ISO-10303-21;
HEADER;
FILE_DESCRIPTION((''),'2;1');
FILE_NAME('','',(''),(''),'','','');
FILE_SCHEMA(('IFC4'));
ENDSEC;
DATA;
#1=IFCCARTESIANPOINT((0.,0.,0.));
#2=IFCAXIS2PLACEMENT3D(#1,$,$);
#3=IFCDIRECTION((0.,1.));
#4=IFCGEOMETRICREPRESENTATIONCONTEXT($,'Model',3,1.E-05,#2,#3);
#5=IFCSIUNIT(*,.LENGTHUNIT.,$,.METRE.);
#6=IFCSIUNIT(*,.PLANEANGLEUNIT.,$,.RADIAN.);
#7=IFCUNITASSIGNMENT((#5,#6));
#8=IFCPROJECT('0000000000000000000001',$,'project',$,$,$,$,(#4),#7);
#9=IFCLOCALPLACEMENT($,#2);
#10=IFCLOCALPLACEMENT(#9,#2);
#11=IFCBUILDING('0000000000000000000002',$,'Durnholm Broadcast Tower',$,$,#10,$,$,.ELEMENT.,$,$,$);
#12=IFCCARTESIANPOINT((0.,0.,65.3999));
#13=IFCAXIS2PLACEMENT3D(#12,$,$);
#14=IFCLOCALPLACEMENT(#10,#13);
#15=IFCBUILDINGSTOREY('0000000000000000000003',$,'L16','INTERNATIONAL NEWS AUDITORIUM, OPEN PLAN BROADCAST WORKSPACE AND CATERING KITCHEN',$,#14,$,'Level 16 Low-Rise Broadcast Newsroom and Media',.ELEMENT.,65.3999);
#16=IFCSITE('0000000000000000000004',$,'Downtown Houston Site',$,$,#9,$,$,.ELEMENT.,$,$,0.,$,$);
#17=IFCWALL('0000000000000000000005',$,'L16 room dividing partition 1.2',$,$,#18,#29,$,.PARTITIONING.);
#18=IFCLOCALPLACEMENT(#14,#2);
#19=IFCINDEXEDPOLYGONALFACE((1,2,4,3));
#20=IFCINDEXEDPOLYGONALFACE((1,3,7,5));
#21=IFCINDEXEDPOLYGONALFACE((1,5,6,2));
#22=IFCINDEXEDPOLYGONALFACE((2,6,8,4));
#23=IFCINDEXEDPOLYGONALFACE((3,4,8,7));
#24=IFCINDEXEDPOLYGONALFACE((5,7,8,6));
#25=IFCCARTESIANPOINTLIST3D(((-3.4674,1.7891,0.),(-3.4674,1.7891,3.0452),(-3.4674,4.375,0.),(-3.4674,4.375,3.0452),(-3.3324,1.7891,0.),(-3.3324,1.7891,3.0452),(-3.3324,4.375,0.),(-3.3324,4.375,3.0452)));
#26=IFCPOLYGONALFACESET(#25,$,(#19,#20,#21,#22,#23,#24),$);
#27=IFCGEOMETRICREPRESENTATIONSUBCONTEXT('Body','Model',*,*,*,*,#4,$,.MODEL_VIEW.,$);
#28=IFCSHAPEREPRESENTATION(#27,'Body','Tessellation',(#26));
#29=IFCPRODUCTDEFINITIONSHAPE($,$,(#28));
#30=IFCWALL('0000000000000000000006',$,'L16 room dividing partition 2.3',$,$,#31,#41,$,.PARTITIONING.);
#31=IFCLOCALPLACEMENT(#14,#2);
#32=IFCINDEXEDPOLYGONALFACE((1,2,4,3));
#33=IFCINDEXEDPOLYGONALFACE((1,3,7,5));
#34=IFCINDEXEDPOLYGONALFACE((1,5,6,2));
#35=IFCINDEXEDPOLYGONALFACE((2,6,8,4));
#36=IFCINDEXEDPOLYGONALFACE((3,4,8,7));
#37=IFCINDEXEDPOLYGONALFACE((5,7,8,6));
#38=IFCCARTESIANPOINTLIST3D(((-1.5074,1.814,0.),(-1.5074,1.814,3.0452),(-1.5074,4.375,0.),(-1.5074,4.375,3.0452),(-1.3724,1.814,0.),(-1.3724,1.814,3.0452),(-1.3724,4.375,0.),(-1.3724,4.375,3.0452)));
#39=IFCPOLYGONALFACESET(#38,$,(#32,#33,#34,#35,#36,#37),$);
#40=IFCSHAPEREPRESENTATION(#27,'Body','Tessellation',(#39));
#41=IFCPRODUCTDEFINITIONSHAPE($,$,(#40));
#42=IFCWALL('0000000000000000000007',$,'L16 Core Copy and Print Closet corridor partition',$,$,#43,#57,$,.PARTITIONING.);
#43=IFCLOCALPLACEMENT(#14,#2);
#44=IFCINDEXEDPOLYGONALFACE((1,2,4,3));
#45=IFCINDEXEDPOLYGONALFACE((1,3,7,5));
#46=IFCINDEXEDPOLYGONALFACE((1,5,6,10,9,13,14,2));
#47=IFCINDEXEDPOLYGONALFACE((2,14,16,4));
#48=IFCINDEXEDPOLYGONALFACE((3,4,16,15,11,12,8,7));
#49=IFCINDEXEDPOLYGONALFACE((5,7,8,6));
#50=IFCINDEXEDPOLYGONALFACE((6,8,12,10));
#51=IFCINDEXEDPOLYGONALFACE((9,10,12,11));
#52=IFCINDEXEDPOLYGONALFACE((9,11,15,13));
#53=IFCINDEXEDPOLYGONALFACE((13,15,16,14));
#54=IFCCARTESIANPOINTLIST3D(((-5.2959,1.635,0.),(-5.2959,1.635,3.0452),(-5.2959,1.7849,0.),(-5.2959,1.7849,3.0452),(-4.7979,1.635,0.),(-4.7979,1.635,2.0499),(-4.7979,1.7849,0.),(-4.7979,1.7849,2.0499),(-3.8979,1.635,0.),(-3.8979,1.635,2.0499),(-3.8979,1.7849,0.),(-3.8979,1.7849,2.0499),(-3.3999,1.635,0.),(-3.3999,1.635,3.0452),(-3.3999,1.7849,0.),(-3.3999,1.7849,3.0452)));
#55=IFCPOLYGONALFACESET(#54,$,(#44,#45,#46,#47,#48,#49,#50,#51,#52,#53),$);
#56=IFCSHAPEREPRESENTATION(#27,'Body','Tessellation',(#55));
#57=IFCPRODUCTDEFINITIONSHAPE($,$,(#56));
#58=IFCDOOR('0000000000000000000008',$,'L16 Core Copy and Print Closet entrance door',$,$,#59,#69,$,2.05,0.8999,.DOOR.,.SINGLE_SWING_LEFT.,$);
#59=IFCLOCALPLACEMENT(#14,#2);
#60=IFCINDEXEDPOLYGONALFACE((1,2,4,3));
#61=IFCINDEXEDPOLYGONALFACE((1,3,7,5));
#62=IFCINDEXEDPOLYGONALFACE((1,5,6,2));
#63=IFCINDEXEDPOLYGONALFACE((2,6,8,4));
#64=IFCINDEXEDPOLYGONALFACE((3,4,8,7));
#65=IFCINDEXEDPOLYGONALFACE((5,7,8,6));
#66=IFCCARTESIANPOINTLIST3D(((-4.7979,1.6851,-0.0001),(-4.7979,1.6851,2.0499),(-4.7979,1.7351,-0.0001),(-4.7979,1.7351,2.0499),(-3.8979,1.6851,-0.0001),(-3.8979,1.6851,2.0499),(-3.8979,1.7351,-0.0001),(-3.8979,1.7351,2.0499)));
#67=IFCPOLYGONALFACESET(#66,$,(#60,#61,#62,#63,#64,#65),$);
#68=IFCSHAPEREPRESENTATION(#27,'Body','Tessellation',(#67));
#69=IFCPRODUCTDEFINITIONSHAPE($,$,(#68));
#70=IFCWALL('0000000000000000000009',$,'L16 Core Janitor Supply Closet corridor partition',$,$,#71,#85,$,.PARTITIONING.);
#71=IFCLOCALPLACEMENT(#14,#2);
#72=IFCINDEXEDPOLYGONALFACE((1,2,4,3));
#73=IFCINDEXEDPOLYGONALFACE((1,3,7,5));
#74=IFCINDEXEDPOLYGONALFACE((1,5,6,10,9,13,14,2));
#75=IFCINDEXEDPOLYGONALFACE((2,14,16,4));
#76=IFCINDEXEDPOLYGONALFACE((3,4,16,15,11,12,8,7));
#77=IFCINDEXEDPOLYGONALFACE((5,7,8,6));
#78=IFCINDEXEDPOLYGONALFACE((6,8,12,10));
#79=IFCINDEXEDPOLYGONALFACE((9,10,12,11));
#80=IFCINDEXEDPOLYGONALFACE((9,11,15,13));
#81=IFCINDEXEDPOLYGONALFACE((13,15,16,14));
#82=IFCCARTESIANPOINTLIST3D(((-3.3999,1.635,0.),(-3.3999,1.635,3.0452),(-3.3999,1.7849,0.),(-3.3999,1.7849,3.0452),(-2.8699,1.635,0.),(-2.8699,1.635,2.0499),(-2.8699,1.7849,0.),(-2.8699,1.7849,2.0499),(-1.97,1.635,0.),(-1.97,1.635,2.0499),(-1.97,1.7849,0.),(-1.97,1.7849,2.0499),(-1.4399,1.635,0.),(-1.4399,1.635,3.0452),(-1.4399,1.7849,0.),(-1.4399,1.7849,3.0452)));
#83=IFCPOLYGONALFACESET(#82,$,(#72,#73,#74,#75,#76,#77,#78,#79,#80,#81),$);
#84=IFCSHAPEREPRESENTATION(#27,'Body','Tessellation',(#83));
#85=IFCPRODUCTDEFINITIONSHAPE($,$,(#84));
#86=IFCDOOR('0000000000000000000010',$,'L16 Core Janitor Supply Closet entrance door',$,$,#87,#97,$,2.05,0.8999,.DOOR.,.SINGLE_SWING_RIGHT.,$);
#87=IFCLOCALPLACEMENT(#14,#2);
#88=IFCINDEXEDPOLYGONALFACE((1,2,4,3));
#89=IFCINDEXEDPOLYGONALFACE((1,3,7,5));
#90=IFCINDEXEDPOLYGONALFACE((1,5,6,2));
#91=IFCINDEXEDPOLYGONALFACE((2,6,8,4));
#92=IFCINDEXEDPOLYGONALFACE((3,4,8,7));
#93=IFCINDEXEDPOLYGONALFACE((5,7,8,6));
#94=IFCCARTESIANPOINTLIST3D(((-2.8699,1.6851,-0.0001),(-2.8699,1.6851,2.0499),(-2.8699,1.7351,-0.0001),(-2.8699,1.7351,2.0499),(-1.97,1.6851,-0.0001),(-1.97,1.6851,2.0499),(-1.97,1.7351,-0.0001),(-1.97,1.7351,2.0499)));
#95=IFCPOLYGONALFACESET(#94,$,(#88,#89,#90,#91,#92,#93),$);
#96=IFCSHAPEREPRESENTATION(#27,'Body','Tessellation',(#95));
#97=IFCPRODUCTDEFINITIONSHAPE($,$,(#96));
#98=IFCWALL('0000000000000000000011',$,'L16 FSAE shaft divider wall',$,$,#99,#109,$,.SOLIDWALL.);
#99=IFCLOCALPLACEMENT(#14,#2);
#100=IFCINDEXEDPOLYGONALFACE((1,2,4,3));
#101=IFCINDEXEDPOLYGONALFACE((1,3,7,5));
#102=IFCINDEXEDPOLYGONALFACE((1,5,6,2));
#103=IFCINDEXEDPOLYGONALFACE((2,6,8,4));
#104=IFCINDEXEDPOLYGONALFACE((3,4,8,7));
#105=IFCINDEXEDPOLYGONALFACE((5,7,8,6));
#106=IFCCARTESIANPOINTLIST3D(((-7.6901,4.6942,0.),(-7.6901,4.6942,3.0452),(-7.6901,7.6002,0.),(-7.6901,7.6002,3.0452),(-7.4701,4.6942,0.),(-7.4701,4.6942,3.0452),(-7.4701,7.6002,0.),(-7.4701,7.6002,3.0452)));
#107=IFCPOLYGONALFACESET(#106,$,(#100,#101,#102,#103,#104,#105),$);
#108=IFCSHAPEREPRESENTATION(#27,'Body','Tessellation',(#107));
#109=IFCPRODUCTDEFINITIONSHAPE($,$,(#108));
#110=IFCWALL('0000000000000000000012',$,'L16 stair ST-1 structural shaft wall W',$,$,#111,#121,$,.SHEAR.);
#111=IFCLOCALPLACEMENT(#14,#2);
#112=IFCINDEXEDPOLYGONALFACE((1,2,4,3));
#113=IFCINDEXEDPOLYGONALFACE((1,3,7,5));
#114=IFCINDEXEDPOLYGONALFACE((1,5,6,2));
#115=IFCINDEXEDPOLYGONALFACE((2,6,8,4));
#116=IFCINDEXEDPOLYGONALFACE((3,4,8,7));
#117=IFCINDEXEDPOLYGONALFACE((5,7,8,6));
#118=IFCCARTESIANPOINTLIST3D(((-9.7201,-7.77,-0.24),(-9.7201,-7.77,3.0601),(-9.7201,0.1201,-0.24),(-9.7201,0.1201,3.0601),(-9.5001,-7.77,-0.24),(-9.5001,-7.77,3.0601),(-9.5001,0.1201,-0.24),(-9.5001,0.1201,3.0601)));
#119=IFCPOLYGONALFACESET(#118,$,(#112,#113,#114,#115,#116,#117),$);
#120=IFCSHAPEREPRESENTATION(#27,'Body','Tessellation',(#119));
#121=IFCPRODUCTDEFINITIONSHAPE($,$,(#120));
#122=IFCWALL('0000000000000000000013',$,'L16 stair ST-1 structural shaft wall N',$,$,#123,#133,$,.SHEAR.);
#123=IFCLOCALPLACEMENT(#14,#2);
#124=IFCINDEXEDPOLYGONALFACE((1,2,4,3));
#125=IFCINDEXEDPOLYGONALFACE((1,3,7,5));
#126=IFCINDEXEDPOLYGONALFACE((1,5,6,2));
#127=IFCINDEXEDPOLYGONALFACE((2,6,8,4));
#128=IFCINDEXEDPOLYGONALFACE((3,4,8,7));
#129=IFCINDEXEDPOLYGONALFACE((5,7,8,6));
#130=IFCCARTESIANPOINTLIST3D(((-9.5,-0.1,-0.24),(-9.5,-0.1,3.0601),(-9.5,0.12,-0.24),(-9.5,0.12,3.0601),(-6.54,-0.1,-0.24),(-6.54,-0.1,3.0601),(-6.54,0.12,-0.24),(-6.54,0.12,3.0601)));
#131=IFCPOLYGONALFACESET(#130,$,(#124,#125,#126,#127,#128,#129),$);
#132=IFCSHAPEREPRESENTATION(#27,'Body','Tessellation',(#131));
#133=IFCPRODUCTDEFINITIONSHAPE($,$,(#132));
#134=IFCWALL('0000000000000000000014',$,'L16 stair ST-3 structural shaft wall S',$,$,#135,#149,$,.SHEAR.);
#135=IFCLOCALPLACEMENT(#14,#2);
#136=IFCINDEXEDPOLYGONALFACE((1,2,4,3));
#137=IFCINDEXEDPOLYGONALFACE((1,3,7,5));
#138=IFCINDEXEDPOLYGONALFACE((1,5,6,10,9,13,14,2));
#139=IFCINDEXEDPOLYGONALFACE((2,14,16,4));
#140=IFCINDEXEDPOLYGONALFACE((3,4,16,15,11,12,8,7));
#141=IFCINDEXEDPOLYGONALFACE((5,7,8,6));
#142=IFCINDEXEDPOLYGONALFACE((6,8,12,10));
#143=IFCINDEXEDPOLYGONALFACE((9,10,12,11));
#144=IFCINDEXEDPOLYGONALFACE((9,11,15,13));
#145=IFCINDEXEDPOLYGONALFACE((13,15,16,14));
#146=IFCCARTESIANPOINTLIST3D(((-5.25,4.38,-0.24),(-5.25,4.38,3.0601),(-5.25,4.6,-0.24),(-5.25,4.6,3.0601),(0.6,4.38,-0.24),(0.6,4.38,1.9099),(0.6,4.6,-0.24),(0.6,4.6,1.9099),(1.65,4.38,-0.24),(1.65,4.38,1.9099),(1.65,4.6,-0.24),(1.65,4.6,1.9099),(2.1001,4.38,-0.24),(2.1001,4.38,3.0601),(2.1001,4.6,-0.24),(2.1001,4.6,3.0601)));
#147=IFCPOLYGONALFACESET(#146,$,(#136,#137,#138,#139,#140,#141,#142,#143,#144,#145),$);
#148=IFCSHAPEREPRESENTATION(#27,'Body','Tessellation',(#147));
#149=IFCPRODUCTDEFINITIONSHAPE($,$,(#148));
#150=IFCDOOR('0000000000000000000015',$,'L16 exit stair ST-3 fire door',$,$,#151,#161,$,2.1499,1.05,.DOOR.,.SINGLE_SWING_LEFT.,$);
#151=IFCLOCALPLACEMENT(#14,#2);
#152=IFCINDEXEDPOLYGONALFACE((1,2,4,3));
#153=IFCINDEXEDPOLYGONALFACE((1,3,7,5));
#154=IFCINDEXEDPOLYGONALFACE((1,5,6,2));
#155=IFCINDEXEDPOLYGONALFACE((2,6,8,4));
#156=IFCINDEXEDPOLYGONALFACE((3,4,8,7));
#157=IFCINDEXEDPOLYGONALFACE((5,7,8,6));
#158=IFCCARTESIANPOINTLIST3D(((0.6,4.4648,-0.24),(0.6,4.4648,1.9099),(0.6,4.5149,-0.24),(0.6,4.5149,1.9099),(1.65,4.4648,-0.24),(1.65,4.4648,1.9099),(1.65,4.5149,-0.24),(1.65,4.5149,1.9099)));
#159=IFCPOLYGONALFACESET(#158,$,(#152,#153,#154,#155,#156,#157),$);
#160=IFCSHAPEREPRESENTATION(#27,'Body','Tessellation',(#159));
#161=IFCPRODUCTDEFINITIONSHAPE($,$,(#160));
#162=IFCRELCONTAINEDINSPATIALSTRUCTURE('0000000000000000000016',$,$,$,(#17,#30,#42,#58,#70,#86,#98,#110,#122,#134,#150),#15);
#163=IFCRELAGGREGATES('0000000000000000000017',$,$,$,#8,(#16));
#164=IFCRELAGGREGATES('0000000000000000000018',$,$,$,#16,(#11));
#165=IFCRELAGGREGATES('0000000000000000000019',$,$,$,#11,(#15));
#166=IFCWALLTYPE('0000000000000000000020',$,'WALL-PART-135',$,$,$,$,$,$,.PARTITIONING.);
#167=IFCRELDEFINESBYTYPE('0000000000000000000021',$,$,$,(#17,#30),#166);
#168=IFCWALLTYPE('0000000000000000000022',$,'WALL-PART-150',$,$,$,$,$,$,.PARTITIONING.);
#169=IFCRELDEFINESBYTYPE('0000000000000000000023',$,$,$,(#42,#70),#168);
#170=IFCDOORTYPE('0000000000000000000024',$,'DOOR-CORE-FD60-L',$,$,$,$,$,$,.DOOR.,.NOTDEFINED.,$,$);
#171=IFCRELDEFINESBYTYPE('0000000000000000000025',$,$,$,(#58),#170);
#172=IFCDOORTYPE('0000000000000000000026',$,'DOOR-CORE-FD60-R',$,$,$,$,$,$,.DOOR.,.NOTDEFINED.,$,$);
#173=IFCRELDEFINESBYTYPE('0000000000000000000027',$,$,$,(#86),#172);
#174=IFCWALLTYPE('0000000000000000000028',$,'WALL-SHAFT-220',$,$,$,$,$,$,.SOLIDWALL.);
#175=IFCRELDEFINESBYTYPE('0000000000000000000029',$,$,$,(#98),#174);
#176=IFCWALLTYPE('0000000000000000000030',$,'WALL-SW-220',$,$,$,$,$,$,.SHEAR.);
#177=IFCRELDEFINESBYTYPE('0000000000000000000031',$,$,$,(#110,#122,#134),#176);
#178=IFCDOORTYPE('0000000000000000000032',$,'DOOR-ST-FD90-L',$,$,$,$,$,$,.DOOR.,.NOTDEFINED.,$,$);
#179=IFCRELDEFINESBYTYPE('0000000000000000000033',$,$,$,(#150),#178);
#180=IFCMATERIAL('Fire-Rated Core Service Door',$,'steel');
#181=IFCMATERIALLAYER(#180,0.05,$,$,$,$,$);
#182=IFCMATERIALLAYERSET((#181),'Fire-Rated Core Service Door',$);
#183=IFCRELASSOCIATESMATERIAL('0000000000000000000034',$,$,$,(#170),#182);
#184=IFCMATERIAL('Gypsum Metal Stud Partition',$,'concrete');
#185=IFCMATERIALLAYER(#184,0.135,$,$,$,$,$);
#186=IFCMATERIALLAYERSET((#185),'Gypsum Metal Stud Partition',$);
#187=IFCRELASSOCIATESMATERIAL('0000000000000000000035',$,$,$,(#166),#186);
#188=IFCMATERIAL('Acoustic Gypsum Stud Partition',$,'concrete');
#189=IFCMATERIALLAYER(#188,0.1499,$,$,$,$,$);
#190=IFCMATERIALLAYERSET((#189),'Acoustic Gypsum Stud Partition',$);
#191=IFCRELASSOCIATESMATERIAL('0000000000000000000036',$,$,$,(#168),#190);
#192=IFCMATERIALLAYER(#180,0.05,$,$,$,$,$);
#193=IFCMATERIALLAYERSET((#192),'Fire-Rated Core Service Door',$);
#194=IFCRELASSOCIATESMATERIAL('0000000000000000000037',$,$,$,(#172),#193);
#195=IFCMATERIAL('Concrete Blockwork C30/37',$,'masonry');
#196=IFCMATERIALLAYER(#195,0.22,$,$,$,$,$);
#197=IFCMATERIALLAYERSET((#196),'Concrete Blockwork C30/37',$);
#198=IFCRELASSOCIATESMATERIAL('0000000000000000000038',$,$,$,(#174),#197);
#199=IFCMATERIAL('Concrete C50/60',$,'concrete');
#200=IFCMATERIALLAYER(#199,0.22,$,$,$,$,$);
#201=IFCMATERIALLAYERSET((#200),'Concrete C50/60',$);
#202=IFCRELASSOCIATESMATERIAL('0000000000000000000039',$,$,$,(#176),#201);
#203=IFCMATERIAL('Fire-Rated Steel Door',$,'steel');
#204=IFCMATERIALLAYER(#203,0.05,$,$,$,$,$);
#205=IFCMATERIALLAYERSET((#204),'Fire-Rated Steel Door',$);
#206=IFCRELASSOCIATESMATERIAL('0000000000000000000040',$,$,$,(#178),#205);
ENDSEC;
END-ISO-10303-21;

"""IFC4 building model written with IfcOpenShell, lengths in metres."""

from ifc_helpers import new_model, si_unit, direction, frame, frame_2d, origin, place, context, subcontext, project, spatial, rectangle, extrude, source, transform, mapped, material, layer, layer_set, type_object, type_shapes, element, fill, save


model = new_model("IFC4")

# Units and contexts
model_context = context("Model", 3, precision=1e-05, world=origin(), true_north=direction((0.0, 1.0)))
body_context = subcontext(model_context, "Body", "Model", "MODEL_VIEW")
ifc_project = project(units=[si_unit("LENGTHUNIT", "METRE"), si_unit("PLANEANGLEUNIT", "RADIAN")], contexts=[model_context])

# Site, building, storey
site_placement = place(None, origin())
site = spatial("IfcSite", under=ifc_project, at=site_placement, Name="Downtown Houston Site", CompositionType="ELEMENT", RefElevation=0.0)
building_placement = place(site_placement, origin())
building = spatial("IfcBuilding", under=site, at=building_placement, Name="Durnholm Broadcast Tower", CompositionType="ELEMENT")
storey_placement = place(building_placement, frame((0.0, 0.0, 65.3999)))
storey = spatial("IfcBuildingStorey", under=building, at=storey_placement, Name="L16", Description="INTERNATIONAL NEWS AUDITORIUM, OPEN PLAN BROADCAST WORKSPACE AND CATERING KITCHEN", LongName="Level 16 Low-Rise Broadcast Newsroom and Media", CompositionType="ELEMENT", Elevation=65.3999)

# Shared definitions
ifc_material_1 = material(Name="Concrete C50/60", Category="concrete")

# Shared definitions
ifc_material_2 = material(Name="Fire-Rated Core Service Door", Category="steel")
ifc_layer_1 = layer(ifc_material_2, 0.05)
ifc_layer_set_1 = layer_set([ifc_layer_1], Name="Fire-Rated Core Service Door")
door_type_1 = type_object("IfcDoorType", Name="DOOR-CORE-FD60-L", OperationType="NOTDEFINED", PredefinedType="DOOR", material=ifc_layer_set_1)
shared_shape_1 = source(origin(), body_context, "Body", "SweptSolid", [
    extrude(rectangle(XDim=0.8999, YDim=2.05, at=frame_2d((0.45, 1.0249))), frame((0.0, 0.0249, 0.0), z_axis=(0.0, -1.0, 0.0), x_axis=(1.0, 0.0, 0.0)), (0.0, 0.0, 1.0), 0.05),
])
type_shapes(door_type_1, [shared_shape_1])

# Walls
ifc_material_3 = material(Name="Gypsum Metal Stud Partition", Category="concrete")
ifc_layer_2 = layer(ifc_material_3, 0.135)
ifc_layer_set_2 = layer_set([ifc_layer_2], Name="Gypsum Metal Stud Partition")
wall_type_1 = type_object("IfcWallType", Name="WALL-PART-135", PredefinedType="PARTITIONING", material=ifc_layer_set_2)
wall_1_placement = place(storey_placement, frame((-3.3999, 4.375, 0.0), z_axis=(0.0, 0.0, 1.0), x_axis=(0.0, -1.0, 0.0)))
element("IfcWall", 1, at=wall_1_placement, inside=storey, type_object=wall_type_1, Name="L16 room dividing partition 1.2", PredefinedType="PARTITIONING", context=body_context, shape_type="SweptSolid", body=[
    extrude(rectangle(XDim=2.5859, YDim=0.135, at=frame_2d((1.293, 0.0))), origin(), (0.0, 0.0, 1.0), 3.0452),
])
wall_2_placement = place(storey_placement, frame((-1.4399, 4.375, 0.0), z_axis=(0.0, 0.0, 1.0), x_axis=(0.0, -1.0, 0.0)))
element("IfcWall", 2, at=wall_2_placement, inside=storey, type_object=wall_type_1, Name="L16 room dividing partition 2.3", PredefinedType="PARTITIONING", context=body_context, shape_type="SweptSolid", body=[
    extrude(rectangle(XDim=2.561, YDim=0.135, at=frame_2d((1.2805, 0.0))), origin(), (0.0, 0.0, 1.0), 3.0452),
])

# Walls, openings, doors
ifc_material_4 = material(Name="Acoustic Gypsum Stud Partition", Category="concrete")
ifc_layer_3 = layer(ifc_material_4, 0.1499)
ifc_layer_set_3 = layer_set([ifc_layer_3], Name="Acoustic Gypsum Stud Partition")
wall_type_2 = type_object("IfcWallType", Name="WALL-PART-150", PredefinedType="PARTITIONING", material=ifc_layer_set_3)
wall_3_placement = place(storey_placement, frame((-3.3999, 1.71, 0.0), z_axis=(0.0, 0.0, 1.0), x_axis=(-1.0, 0.0, 0.0)))
wall_3 = element("IfcWall", 3, at=wall_3_placement, inside=storey, type_object=wall_type_2, Name="L16 Core Copy and Print Closet corridor partition", PredefinedType="PARTITIONING", context=body_context, shape_type="SweptSolid", body=[
    extrude(rectangle(XDim=1.896, YDim=0.1499, at=frame_2d((0.948, 0.0))), origin(), (0.0, 0.0, 1.0), 3.0452),
])
opening_1_placement = place(wall_3_placement, frame((0.498, 0.0, 0.0)))
opening_1 = element("IfcOpeningElement", 4, at=opening_1_placement, cuts=wall_3, PredefinedType="OPENING", context=body_context, shape_type="SweptSolid", body=[
    extrude(rectangle(XDim=0.8999, YDim=2.05, at=frame_2d((0.45, 1.0249))), frame((0.0, 0.085, 0.0), z_axis=(0.0, -1.0, 0.0), x_axis=(1.0, 0.0, 0.0)), (0.0, 0.0, 1.0), 0.1699),
])
door_1_placement = place(opening_1_placement, origin())
door_1 = element("IfcDoor", 5, at=door_1_placement, inside=storey, type_object=door_type_1, Name="L16 Core Copy and Print Closet entrance door", OperationType="SINGLE_SWING_LEFT", OverallHeight=2.05, OverallWidth=0.8999, PredefinedType="DOOR", context=body_context, shape_type="MappedRepresentation", body=[
    mapped(shared_shape_1, transform((0.0, 0.0, 0.0), x_axis=(1.0, 0.0, 0.0), y_axis=(0.0, 1.0, 0.0), z_axis=(0.0, 0.0, 1.0), scale=1.0)),
])
fill(opening_1, door_1)
wall_4_placement = place(storey_placement, frame((-1.4399, 1.71, 0.0), z_axis=(0.0, 0.0, 1.0), x_axis=(-1.0, 0.0, 0.0)))
wall_4 = element("IfcWall", 6, at=wall_4_placement, inside=storey, type_object=wall_type_2, Name="L16 Core Janitor Supply Closet corridor partition", PredefinedType="PARTITIONING", context=body_context, shape_type="SweptSolid", body=[
    extrude(rectangle(XDim=1.96, YDim=0.1499, at=frame_2d((0.98, 0.0))), origin(), (0.0, 0.0, 1.0), 3.0452),
])
opening_2_placement = place(wall_4_placement, frame((0.53, 0.0, 0.0)))
opening_2 = element("IfcOpeningElement", 7, at=opening_2_placement, cuts=wall_4, PredefinedType="OPENING", context=body_context, shape_type="SweptSolid", body=[
    extrude(rectangle(XDim=0.8999, YDim=2.05, at=frame_2d((0.45, 1.0249))), frame((0.0, 0.085, 0.0), z_axis=(0.0, -1.0, 0.0), x_axis=(1.0, 0.0, 0.0)), (0.0, 0.0, 1.0), 0.1699),
])
ifc_layer_4 = layer(ifc_material_2, 0.05)
ifc_layer_set_4 = layer_set([ifc_layer_4], Name="Fire-Rated Core Service Door")
door_type_2 = type_object("IfcDoorType", Name="DOOR-CORE-FD60-R", OperationType="NOTDEFINED", PredefinedType="DOOR", material=ifc_layer_set_4)
shared_shape_2 = source(origin(), body_context, "Body", "SweptSolid", [
    extrude(rectangle(XDim=0.8999, YDim=2.05, at=frame_2d((0.45, 1.0249))), frame((0.0, 0.0249, 0.0), z_axis=(0.0, -1.0, 0.0), x_axis=(1.0, 0.0, 0.0)), (0.0, 0.0, 1.0), 0.05),
])
type_shapes(door_type_2, [shared_shape_2])
door_2_placement = place(opening_2_placement, origin())
door_2 = element("IfcDoor", 8, at=door_2_placement, inside=storey, type_object=door_type_2, Name="L16 Core Janitor Supply Closet entrance door", OperationType="SINGLE_SWING_RIGHT", OverallHeight=2.05, OverallWidth=0.8999, PredefinedType="DOOR", context=body_context, shape_type="MappedRepresentation", body=[
    mapped(shared_shape_2, transform((0.0, 0.0, 0.0), x_axis=(1.0, 0.0, 0.0), y_axis=(0.0, 1.0, 0.0), z_axis=(0.0, 0.0, 1.0), scale=1.0)),
])
fill(opening_2, door_2)

# Shared definitions
ifc_material_5 = material(Name="Concrete Blockwork C30/37", Category="masonry")
ifc_layer_5 = layer(ifc_material_5, 0.22)
ifc_layer_set_5 = layer_set([ifc_layer_5], Name="Concrete Blockwork C30/37")
wall_type_3 = type_object("IfcWallType", Name="WALL-SHAFT-220", PredefinedType="SOLIDWALL", material=ifc_layer_set_5)

# Walls
wall_5_placement = place(storey_placement, frame((-7.5801, 4.6941, 0.0), z_axis=(0.0, 0.0, 1.0), x_axis=(0.0, 1.0, 0.0)))
element("IfcWall", 9, at=wall_5_placement, inside=storey, type_object=wall_type_3, Name="L16 FSAE shaft divider wall", PredefinedType="SOLIDWALL", context=body_context, shape_type="SweptSolid", body=[
    extrude(rectangle(XDim=2.906, YDim=0.22, at=frame_2d((1.4531, 0.0))), origin(), (0.0, 0.0, 1.0), 3.0452),
])
ifc_layer_6 = layer(ifc_material_1, 0.22)
ifc_layer_set_6 = layer_set([ifc_layer_6], Name="Concrete C50/60")
wall_type_4 = type_object("IfcWallType", Name="WALL-SW-220", PredefinedType="SHEAR", material=ifc_layer_set_6)
wall_6_placement = place(storey_placement, frame((-9.6101, 0.1201, -0.24), z_axis=(0.0, 0.0, 1.0), x_axis=(0.0, -1.0, 0.0)))
element("IfcWall", 10, at=wall_6_placement, inside=storey, type_object=wall_type_4, Name="L16 stair ST-1 structural shaft wall W", PredefinedType="SHEAR", context=body_context, shape_type="SweptSolid", body=[
    extrude(rectangle(XDim=7.8901, YDim=0.22, at=frame_2d((3.9451, 0.0))), origin(), (0.0, 0.0, 1.0), 3.3),
])
wall_7_placement = place(storey_placement, frame((-6.54, 0.01, -0.24), z_axis=(0.0, 0.0, 1.0), x_axis=(-1.0, 0.0, 0.0)))
element("IfcWall", 11, at=wall_7_placement, inside=storey, type_object=wall_type_4, Name="L16 stair ST-1 structural shaft wall N", PredefinedType="SHEAR", context=body_context, shape_type="SweptSolid", body=[
    extrude(rectangle(XDim=2.96, YDim=0.22, at=frame_2d((1.48, 0.0))), origin(), (0.0, 0.0, 1.0), 3.3),
])

# Wall, opening, door
wall_8_placement = place(storey_placement, frame((-5.25, 4.49, -0.24), z_axis=(0.0, 0.0, 1.0), x_axis=(1.0, 0.0, 0.0)))
wall_8 = element("IfcWall", 12, at=wall_8_placement, inside=storey, type_object=wall_type_4, Name="L16 stair ST-3 structural shaft wall S", PredefinedType="SHEAR", context=body_context, shape_type="SweptSolid", body=[
    extrude(rectangle(XDim=7.3501, YDim=0.22, at=frame_2d((3.675, 0.0))), origin(), (0.0, 0.0, 1.0), 3.3),
])
opening_3_placement = place(wall_8_placement, frame((5.8501, 0.0, 0.0)))
opening_3 = element("IfcOpeningElement", 13, at=opening_3_placement, cuts=wall_8, PredefinedType="OPENING", context=body_context, shape_type="SweptSolid", body=[
    extrude(rectangle(XDim=1.05, YDim=2.1499, at=frame_2d((0.5249, 1.075))), frame((0.0, 0.1201, 0.0), z_axis=(0.0, -1.0, 0.0), x_axis=(1.0, 0.0, 0.0)), (0.0, 0.0, 1.0), 0.24),
])
ifc_material_6 = material(Name="Fire-Rated Steel Door", Category="steel")
ifc_layer_7 = layer(ifc_material_6, 0.05)
ifc_layer_set_7 = layer_set([ifc_layer_7], Name="Fire-Rated Steel Door")
door_type_3 = type_object("IfcDoorType", Name="DOOR-ST-FD90-L", OperationType="NOTDEFINED", PredefinedType="DOOR", material=ifc_layer_set_7)
shared_shape_3 = source(origin(), body_context, "Body", "SweptSolid", [
    extrude(rectangle(XDim=1.05, YDim=2.1499, at=frame_2d((0.5249, 1.075))), frame((0.0, 0.0249, 0.0), z_axis=(0.0, -1.0, 0.0), x_axis=(1.0, 0.0, 0.0)), (0.0, 0.0, 1.0), 0.05),
])
type_shapes(door_type_3, [shared_shape_3])
door_3_placement = place(opening_3_placement, origin())
door_3 = element("IfcDoor", 14, at=door_3_placement, inside=storey, type_object=door_type_3, Name="L16 exit stair ST-3 fire door", OperationType="SINGLE_SWING_LEFT", OverallHeight=2.1499, OverallWidth=1.05, PredefinedType="DOOR", context=body_context, shape_type="MappedRepresentation", body=[
    mapped(shared_shape_3, transform((0.0, 0.0, 0.0), x_axis=(1.0, 0.0, 0.0), y_axis=(0.0, 1.0, 0.0), z_axis=(0.0, 0.0, 1.0), scale=1.0)),
])
fill(opening_3, door_3)

save(model, "model.ifc")
